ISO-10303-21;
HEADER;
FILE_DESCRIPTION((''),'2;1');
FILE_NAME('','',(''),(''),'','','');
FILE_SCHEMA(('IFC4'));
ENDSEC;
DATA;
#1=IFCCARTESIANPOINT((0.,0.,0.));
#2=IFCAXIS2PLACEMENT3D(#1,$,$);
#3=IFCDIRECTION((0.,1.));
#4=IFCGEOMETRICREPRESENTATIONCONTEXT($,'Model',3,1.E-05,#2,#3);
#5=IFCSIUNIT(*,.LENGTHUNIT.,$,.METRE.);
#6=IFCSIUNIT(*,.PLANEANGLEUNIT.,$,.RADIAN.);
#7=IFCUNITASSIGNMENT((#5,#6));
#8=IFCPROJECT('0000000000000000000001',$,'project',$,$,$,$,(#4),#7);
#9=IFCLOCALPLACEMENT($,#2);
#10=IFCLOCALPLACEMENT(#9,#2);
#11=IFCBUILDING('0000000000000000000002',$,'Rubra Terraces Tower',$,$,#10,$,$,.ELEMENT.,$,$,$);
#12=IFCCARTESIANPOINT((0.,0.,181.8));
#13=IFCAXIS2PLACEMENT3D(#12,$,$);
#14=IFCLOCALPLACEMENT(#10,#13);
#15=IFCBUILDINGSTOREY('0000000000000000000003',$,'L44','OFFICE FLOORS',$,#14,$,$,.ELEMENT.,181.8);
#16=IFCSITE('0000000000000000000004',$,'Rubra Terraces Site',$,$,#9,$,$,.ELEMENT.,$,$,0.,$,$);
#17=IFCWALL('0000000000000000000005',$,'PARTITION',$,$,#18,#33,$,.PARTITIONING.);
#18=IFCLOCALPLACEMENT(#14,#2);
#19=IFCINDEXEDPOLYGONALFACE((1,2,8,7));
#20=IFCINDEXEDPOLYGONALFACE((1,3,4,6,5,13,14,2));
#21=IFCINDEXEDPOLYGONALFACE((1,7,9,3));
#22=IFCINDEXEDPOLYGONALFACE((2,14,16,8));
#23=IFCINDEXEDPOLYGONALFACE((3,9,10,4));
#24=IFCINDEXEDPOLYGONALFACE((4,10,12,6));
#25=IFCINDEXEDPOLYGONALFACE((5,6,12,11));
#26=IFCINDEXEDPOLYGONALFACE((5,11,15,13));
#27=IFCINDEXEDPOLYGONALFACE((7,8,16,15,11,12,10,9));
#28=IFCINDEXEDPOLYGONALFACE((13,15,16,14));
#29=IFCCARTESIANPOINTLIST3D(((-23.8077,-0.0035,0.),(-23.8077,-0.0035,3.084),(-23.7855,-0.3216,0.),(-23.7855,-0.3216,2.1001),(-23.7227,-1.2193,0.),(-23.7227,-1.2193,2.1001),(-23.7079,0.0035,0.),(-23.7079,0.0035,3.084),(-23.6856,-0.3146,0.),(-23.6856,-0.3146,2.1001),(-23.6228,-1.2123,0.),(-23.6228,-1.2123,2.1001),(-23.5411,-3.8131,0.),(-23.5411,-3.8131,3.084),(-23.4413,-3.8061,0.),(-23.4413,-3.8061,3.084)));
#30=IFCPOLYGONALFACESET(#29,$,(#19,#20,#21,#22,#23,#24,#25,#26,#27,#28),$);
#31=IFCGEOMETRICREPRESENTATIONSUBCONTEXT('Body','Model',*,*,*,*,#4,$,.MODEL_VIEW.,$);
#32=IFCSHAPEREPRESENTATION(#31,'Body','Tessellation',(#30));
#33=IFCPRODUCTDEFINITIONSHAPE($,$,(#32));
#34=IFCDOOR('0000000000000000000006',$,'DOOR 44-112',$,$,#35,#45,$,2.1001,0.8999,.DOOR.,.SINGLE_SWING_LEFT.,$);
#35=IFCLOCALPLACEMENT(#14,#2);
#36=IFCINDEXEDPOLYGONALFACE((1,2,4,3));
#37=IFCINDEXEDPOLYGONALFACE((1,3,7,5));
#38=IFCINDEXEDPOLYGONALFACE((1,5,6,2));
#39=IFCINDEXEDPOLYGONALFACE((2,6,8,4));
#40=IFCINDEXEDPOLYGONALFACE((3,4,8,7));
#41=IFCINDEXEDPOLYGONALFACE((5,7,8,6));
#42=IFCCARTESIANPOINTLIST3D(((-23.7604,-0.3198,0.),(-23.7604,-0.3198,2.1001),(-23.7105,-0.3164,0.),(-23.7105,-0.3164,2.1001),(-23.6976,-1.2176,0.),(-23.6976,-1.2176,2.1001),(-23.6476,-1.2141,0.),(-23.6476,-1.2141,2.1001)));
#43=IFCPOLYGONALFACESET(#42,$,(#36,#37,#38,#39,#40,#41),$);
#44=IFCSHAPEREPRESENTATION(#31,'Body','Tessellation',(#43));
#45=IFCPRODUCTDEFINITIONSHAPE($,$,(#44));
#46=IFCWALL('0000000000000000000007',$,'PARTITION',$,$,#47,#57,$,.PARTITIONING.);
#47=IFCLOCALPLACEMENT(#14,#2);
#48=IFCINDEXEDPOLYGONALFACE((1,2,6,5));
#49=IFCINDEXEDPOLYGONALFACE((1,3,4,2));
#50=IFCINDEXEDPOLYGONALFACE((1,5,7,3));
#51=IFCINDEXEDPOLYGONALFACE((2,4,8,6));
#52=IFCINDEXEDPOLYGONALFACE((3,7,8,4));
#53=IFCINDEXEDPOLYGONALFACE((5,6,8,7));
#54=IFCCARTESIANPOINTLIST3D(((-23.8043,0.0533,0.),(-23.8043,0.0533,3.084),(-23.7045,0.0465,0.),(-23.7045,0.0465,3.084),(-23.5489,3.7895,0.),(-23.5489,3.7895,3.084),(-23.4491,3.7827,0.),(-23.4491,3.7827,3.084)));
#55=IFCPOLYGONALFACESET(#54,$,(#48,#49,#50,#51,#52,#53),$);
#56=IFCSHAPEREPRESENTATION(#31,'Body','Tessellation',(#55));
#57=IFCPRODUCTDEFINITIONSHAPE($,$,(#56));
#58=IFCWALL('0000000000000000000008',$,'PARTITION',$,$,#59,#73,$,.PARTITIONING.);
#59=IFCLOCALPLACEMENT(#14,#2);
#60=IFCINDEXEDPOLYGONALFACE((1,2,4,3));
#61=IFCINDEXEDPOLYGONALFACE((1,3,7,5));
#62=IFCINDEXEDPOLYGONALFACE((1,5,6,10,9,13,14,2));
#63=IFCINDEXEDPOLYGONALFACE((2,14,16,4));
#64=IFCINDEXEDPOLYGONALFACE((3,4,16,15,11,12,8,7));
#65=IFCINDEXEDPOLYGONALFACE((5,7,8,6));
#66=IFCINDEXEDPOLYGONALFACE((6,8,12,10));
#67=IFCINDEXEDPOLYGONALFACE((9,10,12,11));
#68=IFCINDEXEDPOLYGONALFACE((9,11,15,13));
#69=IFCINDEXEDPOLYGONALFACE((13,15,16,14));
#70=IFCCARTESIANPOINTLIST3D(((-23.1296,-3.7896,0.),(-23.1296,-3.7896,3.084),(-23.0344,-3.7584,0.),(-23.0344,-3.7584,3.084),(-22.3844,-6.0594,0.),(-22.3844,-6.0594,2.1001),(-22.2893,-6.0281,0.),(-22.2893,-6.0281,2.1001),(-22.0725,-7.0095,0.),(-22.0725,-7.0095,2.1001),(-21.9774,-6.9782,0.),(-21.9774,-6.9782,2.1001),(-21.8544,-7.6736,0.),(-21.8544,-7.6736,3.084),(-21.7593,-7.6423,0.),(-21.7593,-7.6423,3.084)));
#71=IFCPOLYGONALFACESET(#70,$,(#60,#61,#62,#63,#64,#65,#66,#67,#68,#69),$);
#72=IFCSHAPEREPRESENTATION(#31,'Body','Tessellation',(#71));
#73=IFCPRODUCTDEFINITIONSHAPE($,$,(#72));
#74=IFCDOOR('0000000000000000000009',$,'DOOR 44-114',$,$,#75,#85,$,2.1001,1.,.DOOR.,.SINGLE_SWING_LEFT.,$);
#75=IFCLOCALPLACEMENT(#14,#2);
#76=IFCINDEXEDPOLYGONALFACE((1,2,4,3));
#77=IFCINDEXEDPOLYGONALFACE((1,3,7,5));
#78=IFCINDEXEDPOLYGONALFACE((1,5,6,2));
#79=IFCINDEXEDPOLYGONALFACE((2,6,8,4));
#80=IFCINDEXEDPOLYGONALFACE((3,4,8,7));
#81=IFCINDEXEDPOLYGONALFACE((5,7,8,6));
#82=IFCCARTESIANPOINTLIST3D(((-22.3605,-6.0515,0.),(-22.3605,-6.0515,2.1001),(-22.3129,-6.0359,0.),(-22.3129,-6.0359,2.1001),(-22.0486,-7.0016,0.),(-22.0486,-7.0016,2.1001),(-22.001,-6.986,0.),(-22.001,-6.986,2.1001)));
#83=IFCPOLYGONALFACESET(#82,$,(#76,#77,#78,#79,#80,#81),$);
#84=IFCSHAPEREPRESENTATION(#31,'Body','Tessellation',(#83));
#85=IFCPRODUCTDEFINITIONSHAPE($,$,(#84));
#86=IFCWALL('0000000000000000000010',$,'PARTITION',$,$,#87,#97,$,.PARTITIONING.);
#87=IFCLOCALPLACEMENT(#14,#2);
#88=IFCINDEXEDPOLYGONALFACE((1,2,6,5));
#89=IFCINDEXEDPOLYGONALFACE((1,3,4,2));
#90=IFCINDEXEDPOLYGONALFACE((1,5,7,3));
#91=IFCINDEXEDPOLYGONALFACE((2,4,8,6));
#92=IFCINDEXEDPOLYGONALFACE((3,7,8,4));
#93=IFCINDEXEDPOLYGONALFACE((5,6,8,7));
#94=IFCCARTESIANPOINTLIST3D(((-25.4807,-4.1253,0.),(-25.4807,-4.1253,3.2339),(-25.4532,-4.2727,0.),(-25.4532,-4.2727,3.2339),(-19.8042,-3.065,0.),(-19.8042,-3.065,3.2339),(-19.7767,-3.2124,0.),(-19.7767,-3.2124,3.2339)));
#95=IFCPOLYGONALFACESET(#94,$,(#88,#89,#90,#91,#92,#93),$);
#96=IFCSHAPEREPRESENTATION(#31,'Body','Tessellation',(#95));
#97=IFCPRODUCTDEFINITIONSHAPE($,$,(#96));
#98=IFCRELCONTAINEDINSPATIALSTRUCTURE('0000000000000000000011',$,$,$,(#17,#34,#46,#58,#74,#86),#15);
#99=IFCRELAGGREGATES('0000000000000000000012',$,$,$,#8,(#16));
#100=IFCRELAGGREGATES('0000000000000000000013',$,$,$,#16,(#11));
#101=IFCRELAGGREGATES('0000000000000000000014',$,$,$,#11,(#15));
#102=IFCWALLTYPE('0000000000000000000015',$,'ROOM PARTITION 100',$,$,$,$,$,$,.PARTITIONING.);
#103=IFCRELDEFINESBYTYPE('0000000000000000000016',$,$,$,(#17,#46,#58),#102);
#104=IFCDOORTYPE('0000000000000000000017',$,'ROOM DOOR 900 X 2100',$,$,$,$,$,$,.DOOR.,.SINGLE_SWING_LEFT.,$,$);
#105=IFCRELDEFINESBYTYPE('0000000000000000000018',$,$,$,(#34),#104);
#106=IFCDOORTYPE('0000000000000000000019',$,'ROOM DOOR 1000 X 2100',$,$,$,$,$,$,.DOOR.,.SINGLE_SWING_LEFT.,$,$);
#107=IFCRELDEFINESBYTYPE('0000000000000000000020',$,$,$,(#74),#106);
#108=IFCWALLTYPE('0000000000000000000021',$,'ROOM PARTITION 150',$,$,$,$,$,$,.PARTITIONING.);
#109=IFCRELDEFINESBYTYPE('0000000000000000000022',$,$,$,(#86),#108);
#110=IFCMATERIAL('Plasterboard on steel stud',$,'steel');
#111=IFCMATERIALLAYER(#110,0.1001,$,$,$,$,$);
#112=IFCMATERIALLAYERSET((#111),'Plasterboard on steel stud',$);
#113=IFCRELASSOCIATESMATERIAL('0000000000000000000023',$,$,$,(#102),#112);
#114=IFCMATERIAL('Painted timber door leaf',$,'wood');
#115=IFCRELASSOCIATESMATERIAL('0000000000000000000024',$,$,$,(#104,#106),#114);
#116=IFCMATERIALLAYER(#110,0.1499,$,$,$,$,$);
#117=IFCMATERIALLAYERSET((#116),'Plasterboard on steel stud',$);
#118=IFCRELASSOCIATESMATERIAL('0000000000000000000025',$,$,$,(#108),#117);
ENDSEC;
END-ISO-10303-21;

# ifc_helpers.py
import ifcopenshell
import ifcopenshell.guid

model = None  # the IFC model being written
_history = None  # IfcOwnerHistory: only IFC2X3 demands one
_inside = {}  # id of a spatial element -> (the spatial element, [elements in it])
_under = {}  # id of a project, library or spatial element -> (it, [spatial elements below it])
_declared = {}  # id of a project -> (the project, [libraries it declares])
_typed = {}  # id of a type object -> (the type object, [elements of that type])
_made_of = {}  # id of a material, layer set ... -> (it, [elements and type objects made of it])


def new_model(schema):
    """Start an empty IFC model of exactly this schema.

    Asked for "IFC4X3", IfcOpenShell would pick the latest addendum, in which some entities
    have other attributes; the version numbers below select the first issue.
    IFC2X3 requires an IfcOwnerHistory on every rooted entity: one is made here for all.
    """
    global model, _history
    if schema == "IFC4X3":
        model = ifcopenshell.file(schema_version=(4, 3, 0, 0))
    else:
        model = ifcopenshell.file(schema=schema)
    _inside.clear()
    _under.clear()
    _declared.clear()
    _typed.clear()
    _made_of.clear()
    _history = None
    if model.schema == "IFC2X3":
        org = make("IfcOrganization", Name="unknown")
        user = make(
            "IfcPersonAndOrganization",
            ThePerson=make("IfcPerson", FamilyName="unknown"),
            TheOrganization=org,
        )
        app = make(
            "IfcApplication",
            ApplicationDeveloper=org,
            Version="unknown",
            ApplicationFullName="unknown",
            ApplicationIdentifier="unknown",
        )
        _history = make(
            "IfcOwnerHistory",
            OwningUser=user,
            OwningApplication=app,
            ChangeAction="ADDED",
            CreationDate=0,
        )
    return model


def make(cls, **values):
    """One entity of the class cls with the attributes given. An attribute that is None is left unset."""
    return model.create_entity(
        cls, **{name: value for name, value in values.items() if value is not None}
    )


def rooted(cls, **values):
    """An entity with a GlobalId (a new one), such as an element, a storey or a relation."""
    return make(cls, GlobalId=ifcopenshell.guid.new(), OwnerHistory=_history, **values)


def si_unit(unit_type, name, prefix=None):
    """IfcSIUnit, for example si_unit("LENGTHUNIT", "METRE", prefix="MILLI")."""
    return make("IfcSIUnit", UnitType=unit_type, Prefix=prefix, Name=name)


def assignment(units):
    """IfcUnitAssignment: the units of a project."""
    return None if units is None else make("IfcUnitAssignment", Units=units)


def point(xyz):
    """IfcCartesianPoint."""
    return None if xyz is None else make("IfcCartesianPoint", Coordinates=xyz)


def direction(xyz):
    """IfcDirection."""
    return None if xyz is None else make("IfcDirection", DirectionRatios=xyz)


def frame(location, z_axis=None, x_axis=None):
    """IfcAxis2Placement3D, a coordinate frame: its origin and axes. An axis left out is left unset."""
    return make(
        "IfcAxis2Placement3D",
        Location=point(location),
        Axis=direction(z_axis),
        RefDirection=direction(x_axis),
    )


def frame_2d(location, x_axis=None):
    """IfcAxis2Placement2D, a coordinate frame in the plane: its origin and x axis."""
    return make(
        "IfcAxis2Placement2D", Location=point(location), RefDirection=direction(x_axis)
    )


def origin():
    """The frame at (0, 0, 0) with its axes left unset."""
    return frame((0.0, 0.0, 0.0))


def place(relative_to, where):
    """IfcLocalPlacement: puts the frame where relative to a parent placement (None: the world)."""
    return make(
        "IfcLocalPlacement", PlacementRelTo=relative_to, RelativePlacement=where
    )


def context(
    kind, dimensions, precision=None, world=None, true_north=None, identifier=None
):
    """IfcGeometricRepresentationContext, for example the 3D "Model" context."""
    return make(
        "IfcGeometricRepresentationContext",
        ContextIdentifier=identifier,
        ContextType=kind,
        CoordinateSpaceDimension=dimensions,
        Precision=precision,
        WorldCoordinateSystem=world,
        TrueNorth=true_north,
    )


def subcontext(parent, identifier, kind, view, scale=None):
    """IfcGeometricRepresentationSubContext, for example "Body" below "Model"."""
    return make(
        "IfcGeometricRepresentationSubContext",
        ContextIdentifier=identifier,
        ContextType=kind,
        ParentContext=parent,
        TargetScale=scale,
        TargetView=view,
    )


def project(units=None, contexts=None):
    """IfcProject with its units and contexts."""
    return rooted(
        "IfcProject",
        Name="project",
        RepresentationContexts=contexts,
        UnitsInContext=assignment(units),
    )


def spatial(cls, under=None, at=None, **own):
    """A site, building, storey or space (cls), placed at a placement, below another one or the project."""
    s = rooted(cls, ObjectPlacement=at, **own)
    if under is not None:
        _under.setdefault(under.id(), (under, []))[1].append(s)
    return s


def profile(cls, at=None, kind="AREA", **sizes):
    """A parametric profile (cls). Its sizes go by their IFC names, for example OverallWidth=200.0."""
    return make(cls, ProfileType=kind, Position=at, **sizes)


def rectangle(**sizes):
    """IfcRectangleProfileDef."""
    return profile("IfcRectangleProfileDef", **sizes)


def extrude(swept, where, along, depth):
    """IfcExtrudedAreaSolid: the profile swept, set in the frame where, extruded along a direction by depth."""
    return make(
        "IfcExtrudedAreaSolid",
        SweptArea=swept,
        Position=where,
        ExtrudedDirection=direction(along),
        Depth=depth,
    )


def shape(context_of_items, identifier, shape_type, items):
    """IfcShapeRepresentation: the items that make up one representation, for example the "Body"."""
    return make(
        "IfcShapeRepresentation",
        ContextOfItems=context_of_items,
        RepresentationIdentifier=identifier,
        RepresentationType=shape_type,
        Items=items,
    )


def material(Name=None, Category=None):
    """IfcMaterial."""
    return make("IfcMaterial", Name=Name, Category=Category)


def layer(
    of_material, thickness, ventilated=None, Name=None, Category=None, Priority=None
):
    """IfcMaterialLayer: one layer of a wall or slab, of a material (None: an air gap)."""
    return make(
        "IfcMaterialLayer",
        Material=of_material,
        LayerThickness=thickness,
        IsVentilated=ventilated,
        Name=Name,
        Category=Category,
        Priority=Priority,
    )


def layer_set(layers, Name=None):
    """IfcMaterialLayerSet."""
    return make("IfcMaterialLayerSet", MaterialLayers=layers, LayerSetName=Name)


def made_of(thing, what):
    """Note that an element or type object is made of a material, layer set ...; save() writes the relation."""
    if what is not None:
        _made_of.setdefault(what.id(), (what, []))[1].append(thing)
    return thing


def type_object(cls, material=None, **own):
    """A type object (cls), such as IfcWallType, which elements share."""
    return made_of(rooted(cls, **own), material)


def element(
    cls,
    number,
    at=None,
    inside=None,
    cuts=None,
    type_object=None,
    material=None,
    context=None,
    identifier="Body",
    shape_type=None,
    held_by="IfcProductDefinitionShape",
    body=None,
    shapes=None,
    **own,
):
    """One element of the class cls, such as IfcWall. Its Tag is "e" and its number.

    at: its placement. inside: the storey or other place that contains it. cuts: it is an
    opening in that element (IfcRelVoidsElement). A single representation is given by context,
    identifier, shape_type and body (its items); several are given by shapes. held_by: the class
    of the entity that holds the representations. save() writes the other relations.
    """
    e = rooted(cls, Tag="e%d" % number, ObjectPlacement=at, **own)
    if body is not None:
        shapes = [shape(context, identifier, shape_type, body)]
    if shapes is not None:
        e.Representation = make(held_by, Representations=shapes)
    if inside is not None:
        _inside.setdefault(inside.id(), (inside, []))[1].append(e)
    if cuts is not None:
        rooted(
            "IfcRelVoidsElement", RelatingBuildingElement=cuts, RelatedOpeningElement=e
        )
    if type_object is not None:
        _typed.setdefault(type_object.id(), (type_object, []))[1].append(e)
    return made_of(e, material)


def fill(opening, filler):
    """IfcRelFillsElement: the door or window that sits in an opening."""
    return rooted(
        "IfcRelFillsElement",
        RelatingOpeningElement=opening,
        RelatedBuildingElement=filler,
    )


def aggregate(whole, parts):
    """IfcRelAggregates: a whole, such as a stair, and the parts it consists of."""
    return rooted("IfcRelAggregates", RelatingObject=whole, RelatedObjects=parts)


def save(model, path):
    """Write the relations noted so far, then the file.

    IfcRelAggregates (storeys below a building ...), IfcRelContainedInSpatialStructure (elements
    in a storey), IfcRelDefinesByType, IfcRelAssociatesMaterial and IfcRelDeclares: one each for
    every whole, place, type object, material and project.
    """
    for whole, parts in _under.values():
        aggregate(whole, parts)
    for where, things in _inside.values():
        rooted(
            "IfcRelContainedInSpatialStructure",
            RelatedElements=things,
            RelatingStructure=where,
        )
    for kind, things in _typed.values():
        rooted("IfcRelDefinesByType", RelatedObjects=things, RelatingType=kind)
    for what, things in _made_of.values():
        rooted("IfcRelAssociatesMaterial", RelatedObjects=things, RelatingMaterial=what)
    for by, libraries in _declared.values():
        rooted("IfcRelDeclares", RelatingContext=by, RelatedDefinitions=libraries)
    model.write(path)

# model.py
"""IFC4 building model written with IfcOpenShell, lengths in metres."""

from ifc_helpers import new_model, si_unit, direction, frame, frame_2d, origin, place, context, subcontext, project, spatial, rectangle, extrude, material, layer, layer_set, type_object, element, fill, save


model = new_model("IFC4")

# Units and contexts
model_context = context("Model", 3, precision=1e-05, world=origin(), true_north=direction((0.0, 1.0)))
body_context = subcontext(model_context, "Body", "Model", "MODEL_VIEW")
ifc_project = project(units=[si_unit("LENGTHUNIT", "METRE"), si_unit("PLANEANGLEUNIT", "RADIAN")], contexts=[model_context])

# Site, building, storey
site_placement = place(None, origin())
site = spatial("IfcSite", under=ifc_project, at=site_placement, Name="Rubra Terraces Site", CompositionType="ELEMENT", RefElevation=0.0)
building_placement = place(site_placement, origin())
building = spatial("IfcBuilding", under=site, at=building_placement, Name="Rubra Terraces Tower", CompositionType="ELEMENT")
storey_placement = place(building_placement, frame((0.0, 0.0, 181.8)))
storey = spatial("IfcBuildingStorey", under=building, at=storey_placement, Name="L44", Description="OFFICE FLOORS", CompositionType="ELEMENT", Elevation=181.8)

# Wall, opening, door
ifc_material_1 = material(Name="Plasterboard on steel stud", Category="steel")
ifc_layer_1 = layer(ifc_material_1, 0.1001)
ifc_layer_set_1 = layer_set([ifc_layer_1], Name="Plasterboard on steel stud")
wall_type_1 = type_object("IfcWallType", Name="ROOM PARTITION 100", PredefinedType="PARTITIONING", material=ifc_layer_set_1)
wall_1_placement = place(storey_placement, frame((-23.4912, -3.8096, 0.0), z_axis=(0.0, 0.0, 1.0), x_axis=(-0.069811, 0.99756, 0.0)))
wall_1 = element("IfcWall", 1, at=wall_1_placement, inside=storey, type_object=wall_type_1, Name="PARTITION", PredefinedType="PARTITIONING", context=body_context, shape_type="SweptSolid", body=[
    extrude(rectangle(XDim=3.8188, YDim=0.1001, at=frame_2d((1.9094, 0.0))), origin(), (0.0, 0.0, 1.0), 3.084),
])
opening_1_placement = place(wall_1_placement, frame((2.6001, 0.0, 0.0)))
opening_1 = element("IfcOpeningElement", 2, at=opening_1_placement, cuts=wall_1, PredefinedType="OPENING", context=body_context, shape_type="SweptSolid", body=[
    extrude(rectangle(XDim=0.8999, YDim=2.1001, at=frame_2d((0.45, 1.05))), frame((0.0, 0.0601, 0.0), z_axis=(0.0, -1.0, 0.0), x_axis=(1.0, 0.0, 0.0)), (0.0, 0.0, 1.0), 0.1201),
])
ifc_material_2 = material(Name="Painted timber door leaf", Category="wood")
door_type_1 = type_object("IfcDoorType", Name="ROOM DOOR 900 X 2100", OperationType="SINGLE_SWING_LEFT", PredefinedType="DOOR", material=ifc_material_2)
door_1_placement = place(opening_1_placement, origin())
door_1 = element("IfcDoor", 3, at=door_1_placement, inside=storey, type_object=door_type_1, Name="DOOR 44-112", OperationType="SINGLE_SWING_LEFT", OverallHeight=2.1001, OverallWidth=0.8999, PredefinedType="DOOR", context=body_context, shape_type="SweptSolid", body=[
    extrude(rectangle(XDim=0.8999, YDim=2.1001, at=frame_2d((0.45, 1.05))), frame((0.0, 0.0249, 0.0), z_axis=(0.0, -1.0, 0.0), x_axis=(1.0, 0.0, 0.0)), (0.0, 0.0, 1.0), 0.05),
])
fill(opening_1, door_1)

# Wall
wall_2_placement = place(storey_placement, frame((-23.7544, 0.0498, 0.0), z_axis=(0.0, 0.0, 1.0), x_axis=(0.068193, 0.997672, 0.0)))
element("IfcWall", 4, at=wall_2_placement, inside=storey, type_object=wall_type_1, Name="PARTITION", PredefinedType="PARTITIONING", context=body_context, shape_type="SweptSolid", body=[
    extrude(rectangle(XDim=3.7449, YDim=0.1001, at=frame_2d((1.8726, 0.0))), origin(), (0.0, 0.0, 1.0), 3.084),
])

# Wall, opening, door
wall_3_placement = place(storey_placement, frame((-21.8069, -7.658, 0.0), z_axis=(0.0, 0.0, 1.0), x_axis=(-0.311925, 0.950107, 0.0)))
wall_3 = element("IfcWall", 5, at=wall_3_placement, inside=storey, type_object=wall_type_1, Name="PARTITION", PredefinedType="PARTITIONING", context=body_context, shape_type="SweptSolid", body=[
    extrude(rectangle(XDim=4.0879, YDim=0.1001, at=frame_2d((2.0439, 0.0))), origin(), (0.0, 0.0, 1.0), 3.084),
])
opening_2_placement = place(wall_3_placement, frame((0.699, 0.0, 0.0)))
opening_2 = element("IfcOpeningElement", 6, at=opening_2_placement, cuts=wall_3, PredefinedType="OPENING", context=body_context, shape_type="SweptSolid", body=[
    extrude(rectangle(XDim=1.0, YDim=2.1001, at=frame_2d((0.5, 1.05))), frame((0.0, 0.0601, 0.0), z_axis=(0.0, -1.0, 0.0), x_axis=(1.0, 0.0, 0.0)), (0.0, 0.0, 1.0), 0.1201),
])
door_type_2 = type_object("IfcDoorType", Name="ROOM DOOR 1000 X 2100", OperationType="SINGLE_SWING_LEFT", PredefinedType="DOOR", material=ifc_material_2)
door_2_placement = place(opening_2_placement, origin())
door_2 = element("IfcDoor", 7, at=door_2_placement, inside=storey, type_object=door_type_2, Name="DOOR 44-114", OperationType="SINGLE_SWING_LEFT", OverallHeight=2.1001, OverallWidth=1.0, PredefinedType="DOOR", context=body_context, shape_type="SweptSolid", body=[
    extrude(rectangle(XDim=1.0, YDim=2.1001, at=frame_2d((0.5, 1.05))), frame((0.0, 0.0249, 0.0), z_axis=(0.0, -1.0, 0.0), x_axis=(1.0, 0.0, 0.0)), (0.0, 0.0, 1.0), 0.05),
])
fill(opening_2, door_2)

# Wall
ifc_layer_2 = layer(ifc_material_1, 0.1499)
ifc_layer_set_2 = layer_set([ifc_layer_2], Name="Plasterboard on steel stud")
wall_type_2 = type_object("IfcWallType", Name="ROOM PARTITION 150", PredefinedType="PARTITIONING", material=ifc_layer_set_2)
wall_4_placement = place(storey_placement, frame((-25.4668, -4.199, 0.0), z_axis=(0.0, 0.0, 1.0), x_axis=(0.982999, 0.183612, 0.0)))
element("IfcWall", 8, at=wall_4_placement, inside=storey, type_object=wall_type_2, Name="PARTITION", PredefinedType="PARTITIONING", context=body_context, shape_type="SweptSolid", body=[
    extrude(rectangle(XDim=5.7747, YDim=0.1499, at=frame_2d((2.8872, 0.0))), origin(), (0.0, 0.0, 1.0), 3.2339),
])

save(model, "model.ifc")
